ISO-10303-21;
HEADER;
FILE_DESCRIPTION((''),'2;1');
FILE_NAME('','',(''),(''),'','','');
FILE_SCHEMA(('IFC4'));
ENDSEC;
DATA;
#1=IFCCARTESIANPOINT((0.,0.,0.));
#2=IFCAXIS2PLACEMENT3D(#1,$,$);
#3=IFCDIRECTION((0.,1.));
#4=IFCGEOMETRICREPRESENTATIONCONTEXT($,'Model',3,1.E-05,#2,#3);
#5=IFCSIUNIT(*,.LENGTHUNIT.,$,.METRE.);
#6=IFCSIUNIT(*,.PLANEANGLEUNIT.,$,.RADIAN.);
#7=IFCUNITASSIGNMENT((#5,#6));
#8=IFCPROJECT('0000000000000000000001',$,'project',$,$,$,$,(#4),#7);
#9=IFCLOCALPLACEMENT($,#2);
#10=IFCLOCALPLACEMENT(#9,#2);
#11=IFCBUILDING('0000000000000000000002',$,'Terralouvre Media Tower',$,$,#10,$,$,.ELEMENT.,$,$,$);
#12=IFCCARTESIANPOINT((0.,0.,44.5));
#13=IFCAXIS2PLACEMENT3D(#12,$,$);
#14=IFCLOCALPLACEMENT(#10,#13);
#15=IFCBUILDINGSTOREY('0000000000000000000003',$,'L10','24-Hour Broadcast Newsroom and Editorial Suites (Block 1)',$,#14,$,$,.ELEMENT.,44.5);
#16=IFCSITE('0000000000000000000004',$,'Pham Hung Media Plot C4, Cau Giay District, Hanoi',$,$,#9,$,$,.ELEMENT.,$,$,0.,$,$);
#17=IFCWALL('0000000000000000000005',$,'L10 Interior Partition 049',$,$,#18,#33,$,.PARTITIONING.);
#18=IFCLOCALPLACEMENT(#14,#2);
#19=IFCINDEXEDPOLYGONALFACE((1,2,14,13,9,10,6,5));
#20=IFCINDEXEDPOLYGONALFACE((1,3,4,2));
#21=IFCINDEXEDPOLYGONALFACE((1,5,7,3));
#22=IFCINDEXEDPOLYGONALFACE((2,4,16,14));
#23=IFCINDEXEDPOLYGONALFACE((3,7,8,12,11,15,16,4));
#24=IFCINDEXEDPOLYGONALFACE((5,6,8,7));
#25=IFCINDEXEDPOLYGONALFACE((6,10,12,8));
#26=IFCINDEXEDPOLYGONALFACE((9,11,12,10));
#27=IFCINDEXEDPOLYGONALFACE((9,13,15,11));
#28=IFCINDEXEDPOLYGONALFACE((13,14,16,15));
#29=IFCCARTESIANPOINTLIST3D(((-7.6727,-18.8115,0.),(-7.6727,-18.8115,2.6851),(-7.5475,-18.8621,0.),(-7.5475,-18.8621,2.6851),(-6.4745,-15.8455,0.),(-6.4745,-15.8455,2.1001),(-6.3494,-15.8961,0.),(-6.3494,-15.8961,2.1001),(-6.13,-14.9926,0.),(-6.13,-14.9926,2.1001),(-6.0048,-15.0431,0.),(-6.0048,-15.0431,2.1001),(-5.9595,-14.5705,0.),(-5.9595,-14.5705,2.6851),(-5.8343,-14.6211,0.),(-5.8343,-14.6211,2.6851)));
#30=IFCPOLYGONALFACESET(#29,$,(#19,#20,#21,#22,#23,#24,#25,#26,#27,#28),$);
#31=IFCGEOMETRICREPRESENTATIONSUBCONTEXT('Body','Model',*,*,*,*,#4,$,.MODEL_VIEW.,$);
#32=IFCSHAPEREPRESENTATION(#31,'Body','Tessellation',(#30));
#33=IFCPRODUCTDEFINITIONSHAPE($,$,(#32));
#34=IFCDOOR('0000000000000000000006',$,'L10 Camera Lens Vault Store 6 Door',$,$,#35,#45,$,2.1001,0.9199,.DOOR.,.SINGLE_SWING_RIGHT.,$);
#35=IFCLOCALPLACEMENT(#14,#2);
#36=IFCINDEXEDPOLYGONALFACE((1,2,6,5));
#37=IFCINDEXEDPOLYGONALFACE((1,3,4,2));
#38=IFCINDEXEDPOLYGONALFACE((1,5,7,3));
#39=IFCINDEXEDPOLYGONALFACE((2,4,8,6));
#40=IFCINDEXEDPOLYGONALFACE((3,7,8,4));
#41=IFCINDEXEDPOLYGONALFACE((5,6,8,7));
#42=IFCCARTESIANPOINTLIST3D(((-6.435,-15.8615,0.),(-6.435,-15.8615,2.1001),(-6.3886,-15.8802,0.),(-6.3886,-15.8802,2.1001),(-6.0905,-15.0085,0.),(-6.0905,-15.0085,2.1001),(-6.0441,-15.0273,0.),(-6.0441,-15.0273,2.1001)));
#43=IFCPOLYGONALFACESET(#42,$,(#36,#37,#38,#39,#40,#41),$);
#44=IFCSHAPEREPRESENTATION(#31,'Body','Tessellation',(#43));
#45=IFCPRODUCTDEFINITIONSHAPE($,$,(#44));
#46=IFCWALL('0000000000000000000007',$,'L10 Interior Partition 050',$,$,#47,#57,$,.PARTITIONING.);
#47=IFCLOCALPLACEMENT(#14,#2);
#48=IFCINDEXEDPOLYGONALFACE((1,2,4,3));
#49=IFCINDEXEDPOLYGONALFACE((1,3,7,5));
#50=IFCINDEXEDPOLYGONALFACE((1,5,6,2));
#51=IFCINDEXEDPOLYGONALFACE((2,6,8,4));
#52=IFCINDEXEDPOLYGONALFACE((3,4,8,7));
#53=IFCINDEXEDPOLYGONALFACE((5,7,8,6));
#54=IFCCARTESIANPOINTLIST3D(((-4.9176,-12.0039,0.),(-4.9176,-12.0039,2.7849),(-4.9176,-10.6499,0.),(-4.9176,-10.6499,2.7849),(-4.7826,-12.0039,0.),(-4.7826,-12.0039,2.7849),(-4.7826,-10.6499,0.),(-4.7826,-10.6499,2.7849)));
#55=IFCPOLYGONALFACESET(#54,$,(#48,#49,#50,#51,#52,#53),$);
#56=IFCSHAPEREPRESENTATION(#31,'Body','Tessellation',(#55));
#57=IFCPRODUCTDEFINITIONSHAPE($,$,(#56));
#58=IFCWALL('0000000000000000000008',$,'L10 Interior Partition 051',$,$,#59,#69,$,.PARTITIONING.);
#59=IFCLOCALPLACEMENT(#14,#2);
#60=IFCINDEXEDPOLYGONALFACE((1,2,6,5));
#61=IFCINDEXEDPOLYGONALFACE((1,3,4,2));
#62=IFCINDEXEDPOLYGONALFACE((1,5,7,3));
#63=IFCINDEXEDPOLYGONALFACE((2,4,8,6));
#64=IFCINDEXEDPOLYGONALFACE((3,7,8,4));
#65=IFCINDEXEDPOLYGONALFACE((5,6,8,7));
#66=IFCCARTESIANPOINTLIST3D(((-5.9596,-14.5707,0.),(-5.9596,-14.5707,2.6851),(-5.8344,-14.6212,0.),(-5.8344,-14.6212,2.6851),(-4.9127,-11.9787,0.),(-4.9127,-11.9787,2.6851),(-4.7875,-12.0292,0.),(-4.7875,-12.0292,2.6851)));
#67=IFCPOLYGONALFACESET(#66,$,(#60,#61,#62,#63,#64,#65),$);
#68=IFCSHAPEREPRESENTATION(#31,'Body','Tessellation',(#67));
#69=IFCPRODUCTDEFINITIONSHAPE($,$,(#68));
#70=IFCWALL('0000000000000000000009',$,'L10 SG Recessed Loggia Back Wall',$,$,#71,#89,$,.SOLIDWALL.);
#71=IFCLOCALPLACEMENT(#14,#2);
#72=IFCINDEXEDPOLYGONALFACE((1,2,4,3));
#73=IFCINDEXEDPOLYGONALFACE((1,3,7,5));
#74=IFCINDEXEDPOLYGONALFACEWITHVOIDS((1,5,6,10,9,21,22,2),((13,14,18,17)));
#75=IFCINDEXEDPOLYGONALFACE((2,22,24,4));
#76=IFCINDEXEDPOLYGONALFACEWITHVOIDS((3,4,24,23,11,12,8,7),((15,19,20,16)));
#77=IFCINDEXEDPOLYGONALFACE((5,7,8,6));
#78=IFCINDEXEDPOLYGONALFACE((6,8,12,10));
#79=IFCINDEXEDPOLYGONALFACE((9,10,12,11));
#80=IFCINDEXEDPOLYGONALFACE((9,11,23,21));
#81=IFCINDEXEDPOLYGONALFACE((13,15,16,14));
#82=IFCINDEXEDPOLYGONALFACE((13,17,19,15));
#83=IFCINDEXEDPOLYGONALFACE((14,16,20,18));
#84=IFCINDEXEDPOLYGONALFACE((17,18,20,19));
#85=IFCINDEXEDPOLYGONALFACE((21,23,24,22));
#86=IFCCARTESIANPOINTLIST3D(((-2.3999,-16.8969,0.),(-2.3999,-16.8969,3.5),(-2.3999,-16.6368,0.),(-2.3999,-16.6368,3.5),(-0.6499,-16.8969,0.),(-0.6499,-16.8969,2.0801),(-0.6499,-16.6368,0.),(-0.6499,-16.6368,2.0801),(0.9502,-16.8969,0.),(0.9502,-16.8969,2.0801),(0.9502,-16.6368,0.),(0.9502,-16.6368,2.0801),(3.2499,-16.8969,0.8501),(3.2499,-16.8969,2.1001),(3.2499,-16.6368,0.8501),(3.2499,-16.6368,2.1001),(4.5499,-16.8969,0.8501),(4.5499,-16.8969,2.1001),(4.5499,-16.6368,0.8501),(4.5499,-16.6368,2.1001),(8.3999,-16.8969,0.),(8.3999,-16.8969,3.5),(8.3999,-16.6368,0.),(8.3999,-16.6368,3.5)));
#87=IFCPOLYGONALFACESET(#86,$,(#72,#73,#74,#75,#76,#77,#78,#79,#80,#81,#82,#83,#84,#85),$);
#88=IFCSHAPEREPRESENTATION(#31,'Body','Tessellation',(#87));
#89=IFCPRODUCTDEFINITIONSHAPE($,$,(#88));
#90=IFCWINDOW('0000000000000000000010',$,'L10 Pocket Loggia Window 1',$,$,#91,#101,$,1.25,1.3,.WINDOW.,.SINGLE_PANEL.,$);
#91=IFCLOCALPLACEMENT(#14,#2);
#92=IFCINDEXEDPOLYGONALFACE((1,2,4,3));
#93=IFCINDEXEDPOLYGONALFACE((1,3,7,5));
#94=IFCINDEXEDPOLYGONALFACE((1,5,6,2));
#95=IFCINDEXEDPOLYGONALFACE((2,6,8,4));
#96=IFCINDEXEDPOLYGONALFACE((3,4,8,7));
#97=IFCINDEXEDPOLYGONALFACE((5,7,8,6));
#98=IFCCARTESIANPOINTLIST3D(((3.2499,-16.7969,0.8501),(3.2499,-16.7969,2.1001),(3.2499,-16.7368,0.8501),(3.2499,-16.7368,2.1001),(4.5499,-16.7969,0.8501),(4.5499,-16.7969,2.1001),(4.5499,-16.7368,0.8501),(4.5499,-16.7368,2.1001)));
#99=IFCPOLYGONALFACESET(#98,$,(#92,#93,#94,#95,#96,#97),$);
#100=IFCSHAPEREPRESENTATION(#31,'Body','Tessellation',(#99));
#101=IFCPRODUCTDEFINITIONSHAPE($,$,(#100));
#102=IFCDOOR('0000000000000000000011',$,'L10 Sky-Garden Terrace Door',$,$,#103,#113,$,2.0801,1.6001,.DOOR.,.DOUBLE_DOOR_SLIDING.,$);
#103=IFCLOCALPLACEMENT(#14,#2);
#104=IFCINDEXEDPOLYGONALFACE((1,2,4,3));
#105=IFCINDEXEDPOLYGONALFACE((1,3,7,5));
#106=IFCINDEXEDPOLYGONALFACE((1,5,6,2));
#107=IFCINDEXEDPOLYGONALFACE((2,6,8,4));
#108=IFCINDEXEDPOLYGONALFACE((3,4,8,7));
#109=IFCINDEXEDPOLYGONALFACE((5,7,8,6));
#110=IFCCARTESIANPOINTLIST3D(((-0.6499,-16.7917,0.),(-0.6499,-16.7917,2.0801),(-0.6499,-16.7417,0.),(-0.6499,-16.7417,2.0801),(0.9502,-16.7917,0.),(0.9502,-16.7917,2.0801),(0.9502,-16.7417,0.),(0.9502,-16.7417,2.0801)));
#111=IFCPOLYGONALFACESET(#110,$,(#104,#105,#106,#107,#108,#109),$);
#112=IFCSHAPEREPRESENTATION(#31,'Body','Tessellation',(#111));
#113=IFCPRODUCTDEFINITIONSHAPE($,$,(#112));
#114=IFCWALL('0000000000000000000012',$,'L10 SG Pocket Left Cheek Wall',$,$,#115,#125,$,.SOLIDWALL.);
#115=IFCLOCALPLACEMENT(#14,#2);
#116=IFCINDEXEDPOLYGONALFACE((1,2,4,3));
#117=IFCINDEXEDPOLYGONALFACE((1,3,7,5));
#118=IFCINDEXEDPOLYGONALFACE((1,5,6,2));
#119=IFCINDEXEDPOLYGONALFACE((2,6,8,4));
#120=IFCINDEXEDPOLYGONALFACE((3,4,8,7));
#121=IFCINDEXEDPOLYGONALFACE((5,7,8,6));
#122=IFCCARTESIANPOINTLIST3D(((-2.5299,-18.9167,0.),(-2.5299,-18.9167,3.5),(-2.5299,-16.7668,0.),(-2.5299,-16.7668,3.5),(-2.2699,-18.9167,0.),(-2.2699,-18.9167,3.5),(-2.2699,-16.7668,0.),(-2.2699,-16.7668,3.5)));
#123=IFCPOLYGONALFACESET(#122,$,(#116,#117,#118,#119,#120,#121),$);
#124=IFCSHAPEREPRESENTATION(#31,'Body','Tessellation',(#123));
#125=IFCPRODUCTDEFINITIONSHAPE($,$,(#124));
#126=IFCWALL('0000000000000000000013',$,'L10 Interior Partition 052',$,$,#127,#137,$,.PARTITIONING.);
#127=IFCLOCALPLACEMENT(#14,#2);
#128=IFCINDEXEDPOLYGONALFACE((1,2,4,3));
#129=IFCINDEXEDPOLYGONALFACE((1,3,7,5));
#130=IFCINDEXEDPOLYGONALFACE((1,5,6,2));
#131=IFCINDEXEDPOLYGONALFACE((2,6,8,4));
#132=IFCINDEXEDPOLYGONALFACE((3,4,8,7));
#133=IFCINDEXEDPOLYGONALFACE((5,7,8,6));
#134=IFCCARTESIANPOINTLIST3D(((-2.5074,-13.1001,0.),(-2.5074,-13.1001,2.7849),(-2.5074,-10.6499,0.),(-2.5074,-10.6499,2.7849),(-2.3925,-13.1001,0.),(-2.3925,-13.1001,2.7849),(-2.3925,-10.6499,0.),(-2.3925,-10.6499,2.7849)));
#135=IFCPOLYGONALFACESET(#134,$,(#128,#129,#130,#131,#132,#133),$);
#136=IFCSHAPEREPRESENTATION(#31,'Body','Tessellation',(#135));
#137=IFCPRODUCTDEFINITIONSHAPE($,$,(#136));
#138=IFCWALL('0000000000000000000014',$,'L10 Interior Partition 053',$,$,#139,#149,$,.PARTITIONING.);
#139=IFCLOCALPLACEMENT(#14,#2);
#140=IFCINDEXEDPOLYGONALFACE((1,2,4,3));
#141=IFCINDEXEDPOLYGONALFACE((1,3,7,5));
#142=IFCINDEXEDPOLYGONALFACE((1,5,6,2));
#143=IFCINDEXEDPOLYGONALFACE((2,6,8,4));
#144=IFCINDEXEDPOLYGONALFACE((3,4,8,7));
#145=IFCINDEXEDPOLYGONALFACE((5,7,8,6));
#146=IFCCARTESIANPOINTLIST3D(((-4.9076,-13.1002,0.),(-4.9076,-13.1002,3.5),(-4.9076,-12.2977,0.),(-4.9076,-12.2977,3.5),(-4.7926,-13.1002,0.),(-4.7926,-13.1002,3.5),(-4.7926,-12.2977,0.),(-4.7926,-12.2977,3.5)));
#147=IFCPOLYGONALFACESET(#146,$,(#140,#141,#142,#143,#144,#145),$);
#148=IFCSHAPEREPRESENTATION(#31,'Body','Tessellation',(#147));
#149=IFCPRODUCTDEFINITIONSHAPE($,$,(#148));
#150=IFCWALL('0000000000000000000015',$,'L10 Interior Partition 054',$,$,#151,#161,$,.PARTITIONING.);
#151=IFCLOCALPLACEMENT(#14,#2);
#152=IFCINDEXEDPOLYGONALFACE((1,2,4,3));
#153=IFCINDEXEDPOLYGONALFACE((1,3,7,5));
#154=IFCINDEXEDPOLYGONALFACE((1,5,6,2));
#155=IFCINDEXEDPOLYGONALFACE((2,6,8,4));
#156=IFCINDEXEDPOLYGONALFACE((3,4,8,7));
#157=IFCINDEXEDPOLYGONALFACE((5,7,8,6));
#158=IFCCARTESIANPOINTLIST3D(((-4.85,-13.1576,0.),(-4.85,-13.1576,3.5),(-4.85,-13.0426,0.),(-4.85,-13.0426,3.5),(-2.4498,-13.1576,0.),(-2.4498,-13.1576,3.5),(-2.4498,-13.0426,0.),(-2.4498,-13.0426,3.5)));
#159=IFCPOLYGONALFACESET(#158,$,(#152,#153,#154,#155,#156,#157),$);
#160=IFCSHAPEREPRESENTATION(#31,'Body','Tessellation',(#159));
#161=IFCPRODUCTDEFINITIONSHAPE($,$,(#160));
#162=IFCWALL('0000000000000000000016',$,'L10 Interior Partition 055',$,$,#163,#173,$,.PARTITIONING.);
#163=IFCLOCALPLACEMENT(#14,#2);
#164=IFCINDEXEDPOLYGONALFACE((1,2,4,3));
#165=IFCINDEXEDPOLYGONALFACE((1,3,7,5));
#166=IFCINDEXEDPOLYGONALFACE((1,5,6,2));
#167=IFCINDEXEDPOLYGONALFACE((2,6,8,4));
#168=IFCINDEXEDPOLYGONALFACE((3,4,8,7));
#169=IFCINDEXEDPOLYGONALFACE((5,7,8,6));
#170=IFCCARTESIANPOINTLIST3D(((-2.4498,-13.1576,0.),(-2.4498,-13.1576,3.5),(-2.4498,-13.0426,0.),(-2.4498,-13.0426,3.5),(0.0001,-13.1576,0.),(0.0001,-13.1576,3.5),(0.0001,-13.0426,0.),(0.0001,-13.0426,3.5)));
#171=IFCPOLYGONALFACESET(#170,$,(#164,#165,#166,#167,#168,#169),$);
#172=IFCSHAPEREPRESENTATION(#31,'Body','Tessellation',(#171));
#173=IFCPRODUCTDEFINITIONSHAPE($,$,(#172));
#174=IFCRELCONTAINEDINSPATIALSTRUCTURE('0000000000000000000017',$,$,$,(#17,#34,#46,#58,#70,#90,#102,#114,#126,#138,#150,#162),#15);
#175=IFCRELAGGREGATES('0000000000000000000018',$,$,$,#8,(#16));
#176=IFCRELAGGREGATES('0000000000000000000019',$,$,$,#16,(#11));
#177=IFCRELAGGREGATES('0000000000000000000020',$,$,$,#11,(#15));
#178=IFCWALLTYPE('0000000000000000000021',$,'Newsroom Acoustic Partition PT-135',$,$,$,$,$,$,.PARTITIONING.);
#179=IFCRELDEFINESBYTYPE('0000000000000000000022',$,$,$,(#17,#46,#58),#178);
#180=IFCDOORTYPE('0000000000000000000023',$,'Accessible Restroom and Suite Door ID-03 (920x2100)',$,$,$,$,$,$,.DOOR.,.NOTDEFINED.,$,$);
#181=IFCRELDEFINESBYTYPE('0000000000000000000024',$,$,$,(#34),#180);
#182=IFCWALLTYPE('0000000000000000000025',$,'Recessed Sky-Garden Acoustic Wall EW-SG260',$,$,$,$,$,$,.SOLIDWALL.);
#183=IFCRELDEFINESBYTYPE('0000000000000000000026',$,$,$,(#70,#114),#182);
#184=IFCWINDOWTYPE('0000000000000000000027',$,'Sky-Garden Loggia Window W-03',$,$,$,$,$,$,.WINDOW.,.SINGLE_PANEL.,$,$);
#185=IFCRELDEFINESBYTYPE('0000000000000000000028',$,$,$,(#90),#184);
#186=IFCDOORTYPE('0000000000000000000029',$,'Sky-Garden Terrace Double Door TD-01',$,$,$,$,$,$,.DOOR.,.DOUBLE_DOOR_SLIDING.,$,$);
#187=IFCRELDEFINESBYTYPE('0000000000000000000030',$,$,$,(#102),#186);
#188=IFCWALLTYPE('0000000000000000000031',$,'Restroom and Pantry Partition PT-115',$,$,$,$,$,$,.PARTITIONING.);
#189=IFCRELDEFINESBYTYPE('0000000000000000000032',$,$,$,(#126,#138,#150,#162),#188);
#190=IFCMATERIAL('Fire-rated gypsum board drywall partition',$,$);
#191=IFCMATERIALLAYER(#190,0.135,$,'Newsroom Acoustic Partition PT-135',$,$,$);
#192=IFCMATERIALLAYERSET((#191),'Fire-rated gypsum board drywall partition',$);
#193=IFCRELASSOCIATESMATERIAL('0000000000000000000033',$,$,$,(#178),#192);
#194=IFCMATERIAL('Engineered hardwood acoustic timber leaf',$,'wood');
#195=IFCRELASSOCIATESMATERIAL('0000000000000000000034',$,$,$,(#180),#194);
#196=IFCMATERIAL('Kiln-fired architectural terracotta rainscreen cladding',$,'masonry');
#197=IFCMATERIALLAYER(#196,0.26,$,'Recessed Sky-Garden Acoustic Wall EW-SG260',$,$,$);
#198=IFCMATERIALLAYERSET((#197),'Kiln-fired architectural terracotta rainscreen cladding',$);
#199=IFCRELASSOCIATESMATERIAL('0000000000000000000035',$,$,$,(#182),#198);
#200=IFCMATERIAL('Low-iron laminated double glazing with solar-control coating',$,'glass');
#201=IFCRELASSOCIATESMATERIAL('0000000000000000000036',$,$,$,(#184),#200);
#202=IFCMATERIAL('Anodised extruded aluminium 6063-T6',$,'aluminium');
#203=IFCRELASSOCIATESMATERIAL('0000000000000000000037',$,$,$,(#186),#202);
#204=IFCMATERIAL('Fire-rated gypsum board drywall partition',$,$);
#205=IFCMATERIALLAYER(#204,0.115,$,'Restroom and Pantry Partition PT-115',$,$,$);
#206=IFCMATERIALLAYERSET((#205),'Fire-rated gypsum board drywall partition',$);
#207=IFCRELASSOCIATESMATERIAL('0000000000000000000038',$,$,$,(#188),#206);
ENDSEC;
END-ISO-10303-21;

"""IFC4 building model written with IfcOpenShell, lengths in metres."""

from ifc_helpers import new_model, si_unit, direction, frame, frame_2d, origin, place, context, subcontext, project, spatial, rectangle, extrude, material, layer, layer_set, type_object, element, fill, save


model = new_model("IFC4")

# Units and contexts
model_context = context("Model", 3, precision=1e-05, world=origin(), true_north=direction((0.0, 1.0)))
body_context = subcontext(model_context, "Body", "Model", "MODEL_VIEW")
ifc_project = project(units=[si_unit("LENGTHUNIT", "METRE"), si_unit("PLANEANGLEUNIT", "RADIAN")], contexts=[model_context])

# Site, building, storey
site_placement = place(None, origin())
site = spatial("IfcSite", under=ifc_project, at=site_placement, Name="Pham Hung Media Plot C4, Cau Giay District, Hanoi", CompositionType="ELEMENT", RefElevation=0.0)
building_placement = place(site_placement, origin())
building = spatial("IfcBuilding", under=site, at=building_placement, Name="Terralouvre Media Tower", CompositionType="ELEMENT")
storey_placement = place(building_placement, frame((0.0, 0.0, 44.5)))
storey = spatial("IfcBuildingStorey", under=building, at=storey_placement, Name="L10", Description="24-Hour Broadcast Newsroom and Editorial Suites (Block 1)", CompositionType="ELEMENT", Elevation=44.5)

# Shared definitions
ifc_material_1 = material(Name="Fire-rated gypsum board drywall partition")
ifc_layer_1 = layer(ifc_material_1, 0.135, Name="Newsroom Acoustic Partition PT-135")
ifc_layer_set_1 = layer_set([ifc_layer_1], Name="Fire-rated gypsum board drywall partition")
wall_type_1 = type_object("IfcWallType", Name="Newsroom Acoustic Partition PT-135", PredefinedType="PARTITIONING", material=ifc_layer_set_1)

# Wall, opening, door
wall_1_placement = place(storey_placement, frame((-7.6101, -18.8369, 0.0), z_axis=(0.0, 0.0, 1.0), x_axis=(0.374545, 0.927209, 0.0)))
wall_1 = element("IfcWall", 1, at=wall_1_placement, inside=storey, type_object=wall_type_1, Name="L10 Interior Partition 049", PredefinedType="PARTITIONING", context=body_context, shape_type="SweptSolid", body=[
    extrude(rectangle(XDim=4.574, YDim=0.135, at=frame_2d((2.2871, 0.0))), origin(), (0.0, 0.0, 1.0), 2.6851),
])
opening_1_placement = place(wall_1_placement, frame((3.199, 0.0, 0.0)))
opening_1 = element("IfcOpeningElement", 2, at=opening_1_placement, cuts=wall_1, PredefinedType="OPENING", context=body_context, shape_type="SweptSolid", body=[
    extrude(rectangle(XDim=0.9199, YDim=2.1001, at=frame_2d((0.46, 1.05))), frame((0.0, 0.0774, 0.0), z_axis=(0.0, -1.0, 0.0), x_axis=(1.0, 0.0, 0.0)), (0.0, 0.0, 1.0), 0.155),
])
ifc_material_2 = material(Name="Engineered hardwood acoustic timber leaf", Category="wood")
door_type_1 = type_object("IfcDoorType", Name="Accessible Restroom and Suite Door ID-03 (920x2100)", OperationType="NOTDEFINED", PredefinedType="DOOR", material=ifc_material_2)
door_1_placement = place(opening_1_placement, origin())
door_1 = element("IfcDoor", 3, at=door_1_placement, inside=storey, type_object=door_type_1, Name="L10 Camera Lens Vault Store 6 Door", OperationType="SINGLE_SWING_RIGHT", OverallHeight=2.1001, OverallWidth=0.9199, PredefinedType="DOOR", context=body_context, shape_type="SweptSolid", body=[
    extrude(rectangle(XDim=0.9199, YDim=2.1001, at=frame_2d((0.46, 1.05))), frame((0.0, 0.0249, 0.0), z_axis=(0.0, -1.0, 0.0), x_axis=(1.0, 0.0, 0.0)), (0.0, 0.0, 1.0), 0.05),
])
fill(opening_1, door_1)

# Walls
wall_2_placement = place(storey_placement, frame((-4.8501, -12.0039, 0.0), z_axis=(0.0, 0.0, 1.0), x_axis=(0.0, 1.0, 0.0)))
element("IfcWall", 4, at=wall_2_placement, inside=storey, type_object=wall_type_1, Name="L10 Interior Partition 050", PredefinedType="PARTITIONING", context=body_context, shape_type="SweptSolid", body=[
    extrude(rectangle(XDim=1.354, YDim=0.135, at=frame_2d((0.677, 0.0))), origin(), (0.0, 0.0, 1.0), 2.7849),
])
wall_3_placement = place(storey_placement, frame((-5.897, -14.5959, 0.0), z_axis=(0.0, 0.0, 1.0), x_axis=(0.37449, 0.927231, 0.0)))
element("IfcWall", 5, at=wall_3_placement, inside=storey, type_object=wall_type_1, Name="L10 Interior Partition 051", PredefinedType="PARTITIONING", context=body_context, shape_type="SweptSolid", body=[
    extrude(rectangle(XDim=2.7954, YDim=0.135, at=frame_2d((1.3977, 0.0))), origin(), (0.0, 0.0, 1.0), 2.6851),
])

# Wall, openings, window, door
ifc_material_3 = material(Name="Kiln-fired architectural terracotta rainscreen cladding", Category="masonry")
ifc_layer_2 = layer(ifc_material_3, 0.26, Name="Recessed Sky-Garden Acoustic Wall EW-SG260")
ifc_layer_set_2 = layer_set([ifc_layer_2], Name="Kiln-fired architectural terracotta rainscreen cladding")
wall_type_2 = type_object("IfcWallType", Name="Recessed Sky-Garden Acoustic Wall EW-SG260", PredefinedType="SOLIDWALL", material=ifc_layer_set_2)
wall_4_placement = place(storey_placement, frame((-2.3999, -16.7668, 0.0), z_axis=(0.0, 0.0, 1.0), x_axis=(1.0, 0.0, 0.0)))
wall_4 = element("IfcWall", 6, at=wall_4_placement, inside=storey, type_object=wall_type_2, Name="L10 SG Recessed Loggia Back Wall", PredefinedType="SOLIDWALL", context=body_context, shape_type="SweptSolid", body=[
    extrude(rectangle(XDim=10.7998, YDim=0.26, at=frame_2d((5.3999, 0.0))), origin(), (0.0, 0.0, 1.0), 3.5),
])
opening_2_placement = place(wall_4_placement, frame((1.75, 0.0, 0.0)))
opening_2 = element("IfcOpeningElement", 7, at=opening_2_placement, cuts=wall_4, PredefinedType="OPENING", context=body_context, shape_type="SweptSolid", body=[
    extrude(rectangle(XDim=1.6001, YDim=2.0801, at=frame_2d((0.8, 1.04))), frame((0.0, 0.1399, 0.0), z_axis=(0.0, -1.0, 0.0), x_axis=(1.0, 0.0, 0.0)), (0.0, 0.0, 1.0), 0.28),
])
opening_3_placement = place(wall_4_placement, frame((5.6499, 0.0, 0.8501)))
opening_3 = element("IfcOpeningElement", 8, at=opening_3_placement, cuts=wall_4, PredefinedType="OPENING", context=body_context, shape_type="SweptSolid", body=[
    extrude(rectangle(XDim=1.3, YDim=1.25, at=frame_2d((0.6499, 0.625))), frame((0.0, 0.1399, 0.0), z_axis=(0.0, -1.0, 0.0), x_axis=(1.0, 0.0, 0.0)), (0.0, 0.0, 1.0), 0.28),
])
ifc_material_4 = material(Name="Low-iron laminated double glazing with solar-control coating", Category="glass")
window_type = type_object("IfcWindowType", Name="Sky-Garden Loggia Window W-03", PartitioningType="SINGLE_PANEL", PredefinedType="WINDOW", material=ifc_material_4)
window_placement = place(opening_3_placement, origin())
window = element("IfcWindow", 9, at=window_placement, inside=storey, type_object=window_type, Name="L10 Pocket Loggia Window 1", OverallHeight=1.25, OverallWidth=1.3, PartitioningType="SINGLE_PANEL", PredefinedType="WINDOW", context=body_context, shape_type="SweptSolid", body=[
    extrude(rectangle(XDim=1.3, YDim=1.25, at=frame_2d((0.6499, 0.625))), frame((0.0, 0.03, 0.0), z_axis=(0.0, -1.0, 0.0), x_axis=(1.0, 0.0, 0.0)), (0.0, 0.0, 1.0), 0.0601),
])
fill(opening_3, window)
ifc_material_5 = material(Name="Anodised extruded aluminium 6063-T6", Category="aluminium")
door_type_2 = type_object("IfcDoorType", Name="Sky-Garden Terrace Double Door TD-01", OperationType="DOUBLE_DOOR_SLIDING", PredefinedType="DOOR", material=ifc_material_5)
door_2_placement = place(opening_2_placement, frame((1.6001, 0.0, 0.0), z_axis=(0.0, 0.0, 1.0), x_axis=(-1.0, 0.0, 0.0)))
door_2 = element("IfcDoor", 10, at=door_2_placement, inside=storey, type_object=door_type_2, Name="L10 Sky-Garden Terrace Door", OperationType="DOUBLE_DOOR_SLIDING", OverallHeight=2.0801, OverallWidth=1.6001, PredefinedType="DOOR", context=body_context, shape_type="SweptSolid", body=[
    extrude(rectangle(XDim=1.6001, YDim=2.0801, at=frame_2d((0.8, 1.04))), frame((0.0, 0.0249, 0.0), z_axis=(0.0, -1.0, 0.0), x_axis=(1.0, 0.0, 0.0)), (0.0, 0.0, 1.0), 0.05),
])
fill(opening_2, door_2)

# Walls
wall_5_placement = place(storey_placement, frame((-2.3999, -18.9167, 0.0), z_axis=(0.0, 0.0, 1.0), x_axis=(0.0, 1.0, 0.0)))
element("IfcWall", 11, at=wall_5_placement, inside=storey, type_object=wall_type_2, Name="L10 SG Pocket Left Cheek Wall", PredefinedType="SOLIDWALL", context=body_context, shape_type="SweptSolid", body=[
    extrude(rectangle(XDim=2.1499, YDim=0.26, at=frame_2d((1.075, 0.0))), origin(), (0.0, 0.0, 1.0), 3.5),
])
ifc_material_6 = material(Name="Fire-rated gypsum board drywall partition")
ifc_layer_3 = layer(ifc_material_6, 0.115, Name="Restroom and Pantry Partition PT-115")
ifc_layer_set_3 = layer_set([ifc_layer_3], Name="Fire-rated gypsum board drywall partition")
wall_type_3 = type_object("IfcWallType", Name="Restroom and Pantry Partition PT-115", PredefinedType="PARTITIONING", material=ifc_layer_set_3)
wall_6_placement = place(storey_placement, frame((-2.45, -13.1001, 0.0), z_axis=(0.0, 0.0, 1.0), x_axis=(0.0, 1.0, 0.0)))
element("IfcWall", 12, at=wall_6_placement, inside=storey, type_object=wall_type_3, Name="L10 Interior Partition 052", PredefinedType="PARTITIONING", context=body_context, shape_type="SweptSolid", body=[
    extrude(rectangle(XDim=2.4502, YDim=0.115, at=frame_2d((1.2251, 0.0))), origin(), (0.0, 0.0, 1.0), 2.7849),
])
wall_7_placement = place(storey_placement, frame((-4.8501, -12.2976, 0.0), z_axis=(0.0, 0.0, 1.0), x_axis=(0.0, -1.0, 0.0)))
element("IfcWall", 13, at=wall_7_placement, inside=storey, type_object=wall_type_3, Name="L10 Interior Partition 053", PredefinedType="PARTITIONING", context=body_context, shape_type="SweptSolid", body=[
    extrude(rectangle(XDim=0.8025, YDim=0.115, at=frame_2d((0.4014, 0.0))), origin(), (0.0, 0.0, 1.0), 3.5),
])
wall_8_placement = place(storey_placement, frame((-4.8501, -13.1001, 0.0), z_axis=(0.0, 0.0, 1.0), x_axis=(1.0, 0.0, 0.0)))
element("IfcWall", 14, at=wall_8_placement, inside=storey, type_object=wall_type_3, Name="L10 Interior Partition 054", PredefinedType="PARTITIONING", context=body_context, shape_type="SweptSolid", body=[
    extrude(rectangle(XDim=2.4001, YDim=0.115, at=frame_2d((1.2002, 0.0))), origin(), (0.0, 0.0, 1.0), 3.5),
])
wall_9_placement = place(storey_placement, frame((-2.45, -13.1001, 0.0), z_axis=(0.0, 0.0, 1.0), x_axis=(1.0, 0.0, 0.0)))
element("IfcWall", 15, at=wall_9_placement, inside=storey, type_object=wall_type_3, Name="L10 Interior Partition 055", PredefinedType="PARTITIONING", context=body_context, shape_type="SweptSolid", body=[
    extrude(rectangle(XDim=2.45, YDim=0.115, at=frame_2d((1.2251, 0.0))), origin(), (0.0, 0.0, 1.0), 3.5),
])

save(model, "model.ifc")
